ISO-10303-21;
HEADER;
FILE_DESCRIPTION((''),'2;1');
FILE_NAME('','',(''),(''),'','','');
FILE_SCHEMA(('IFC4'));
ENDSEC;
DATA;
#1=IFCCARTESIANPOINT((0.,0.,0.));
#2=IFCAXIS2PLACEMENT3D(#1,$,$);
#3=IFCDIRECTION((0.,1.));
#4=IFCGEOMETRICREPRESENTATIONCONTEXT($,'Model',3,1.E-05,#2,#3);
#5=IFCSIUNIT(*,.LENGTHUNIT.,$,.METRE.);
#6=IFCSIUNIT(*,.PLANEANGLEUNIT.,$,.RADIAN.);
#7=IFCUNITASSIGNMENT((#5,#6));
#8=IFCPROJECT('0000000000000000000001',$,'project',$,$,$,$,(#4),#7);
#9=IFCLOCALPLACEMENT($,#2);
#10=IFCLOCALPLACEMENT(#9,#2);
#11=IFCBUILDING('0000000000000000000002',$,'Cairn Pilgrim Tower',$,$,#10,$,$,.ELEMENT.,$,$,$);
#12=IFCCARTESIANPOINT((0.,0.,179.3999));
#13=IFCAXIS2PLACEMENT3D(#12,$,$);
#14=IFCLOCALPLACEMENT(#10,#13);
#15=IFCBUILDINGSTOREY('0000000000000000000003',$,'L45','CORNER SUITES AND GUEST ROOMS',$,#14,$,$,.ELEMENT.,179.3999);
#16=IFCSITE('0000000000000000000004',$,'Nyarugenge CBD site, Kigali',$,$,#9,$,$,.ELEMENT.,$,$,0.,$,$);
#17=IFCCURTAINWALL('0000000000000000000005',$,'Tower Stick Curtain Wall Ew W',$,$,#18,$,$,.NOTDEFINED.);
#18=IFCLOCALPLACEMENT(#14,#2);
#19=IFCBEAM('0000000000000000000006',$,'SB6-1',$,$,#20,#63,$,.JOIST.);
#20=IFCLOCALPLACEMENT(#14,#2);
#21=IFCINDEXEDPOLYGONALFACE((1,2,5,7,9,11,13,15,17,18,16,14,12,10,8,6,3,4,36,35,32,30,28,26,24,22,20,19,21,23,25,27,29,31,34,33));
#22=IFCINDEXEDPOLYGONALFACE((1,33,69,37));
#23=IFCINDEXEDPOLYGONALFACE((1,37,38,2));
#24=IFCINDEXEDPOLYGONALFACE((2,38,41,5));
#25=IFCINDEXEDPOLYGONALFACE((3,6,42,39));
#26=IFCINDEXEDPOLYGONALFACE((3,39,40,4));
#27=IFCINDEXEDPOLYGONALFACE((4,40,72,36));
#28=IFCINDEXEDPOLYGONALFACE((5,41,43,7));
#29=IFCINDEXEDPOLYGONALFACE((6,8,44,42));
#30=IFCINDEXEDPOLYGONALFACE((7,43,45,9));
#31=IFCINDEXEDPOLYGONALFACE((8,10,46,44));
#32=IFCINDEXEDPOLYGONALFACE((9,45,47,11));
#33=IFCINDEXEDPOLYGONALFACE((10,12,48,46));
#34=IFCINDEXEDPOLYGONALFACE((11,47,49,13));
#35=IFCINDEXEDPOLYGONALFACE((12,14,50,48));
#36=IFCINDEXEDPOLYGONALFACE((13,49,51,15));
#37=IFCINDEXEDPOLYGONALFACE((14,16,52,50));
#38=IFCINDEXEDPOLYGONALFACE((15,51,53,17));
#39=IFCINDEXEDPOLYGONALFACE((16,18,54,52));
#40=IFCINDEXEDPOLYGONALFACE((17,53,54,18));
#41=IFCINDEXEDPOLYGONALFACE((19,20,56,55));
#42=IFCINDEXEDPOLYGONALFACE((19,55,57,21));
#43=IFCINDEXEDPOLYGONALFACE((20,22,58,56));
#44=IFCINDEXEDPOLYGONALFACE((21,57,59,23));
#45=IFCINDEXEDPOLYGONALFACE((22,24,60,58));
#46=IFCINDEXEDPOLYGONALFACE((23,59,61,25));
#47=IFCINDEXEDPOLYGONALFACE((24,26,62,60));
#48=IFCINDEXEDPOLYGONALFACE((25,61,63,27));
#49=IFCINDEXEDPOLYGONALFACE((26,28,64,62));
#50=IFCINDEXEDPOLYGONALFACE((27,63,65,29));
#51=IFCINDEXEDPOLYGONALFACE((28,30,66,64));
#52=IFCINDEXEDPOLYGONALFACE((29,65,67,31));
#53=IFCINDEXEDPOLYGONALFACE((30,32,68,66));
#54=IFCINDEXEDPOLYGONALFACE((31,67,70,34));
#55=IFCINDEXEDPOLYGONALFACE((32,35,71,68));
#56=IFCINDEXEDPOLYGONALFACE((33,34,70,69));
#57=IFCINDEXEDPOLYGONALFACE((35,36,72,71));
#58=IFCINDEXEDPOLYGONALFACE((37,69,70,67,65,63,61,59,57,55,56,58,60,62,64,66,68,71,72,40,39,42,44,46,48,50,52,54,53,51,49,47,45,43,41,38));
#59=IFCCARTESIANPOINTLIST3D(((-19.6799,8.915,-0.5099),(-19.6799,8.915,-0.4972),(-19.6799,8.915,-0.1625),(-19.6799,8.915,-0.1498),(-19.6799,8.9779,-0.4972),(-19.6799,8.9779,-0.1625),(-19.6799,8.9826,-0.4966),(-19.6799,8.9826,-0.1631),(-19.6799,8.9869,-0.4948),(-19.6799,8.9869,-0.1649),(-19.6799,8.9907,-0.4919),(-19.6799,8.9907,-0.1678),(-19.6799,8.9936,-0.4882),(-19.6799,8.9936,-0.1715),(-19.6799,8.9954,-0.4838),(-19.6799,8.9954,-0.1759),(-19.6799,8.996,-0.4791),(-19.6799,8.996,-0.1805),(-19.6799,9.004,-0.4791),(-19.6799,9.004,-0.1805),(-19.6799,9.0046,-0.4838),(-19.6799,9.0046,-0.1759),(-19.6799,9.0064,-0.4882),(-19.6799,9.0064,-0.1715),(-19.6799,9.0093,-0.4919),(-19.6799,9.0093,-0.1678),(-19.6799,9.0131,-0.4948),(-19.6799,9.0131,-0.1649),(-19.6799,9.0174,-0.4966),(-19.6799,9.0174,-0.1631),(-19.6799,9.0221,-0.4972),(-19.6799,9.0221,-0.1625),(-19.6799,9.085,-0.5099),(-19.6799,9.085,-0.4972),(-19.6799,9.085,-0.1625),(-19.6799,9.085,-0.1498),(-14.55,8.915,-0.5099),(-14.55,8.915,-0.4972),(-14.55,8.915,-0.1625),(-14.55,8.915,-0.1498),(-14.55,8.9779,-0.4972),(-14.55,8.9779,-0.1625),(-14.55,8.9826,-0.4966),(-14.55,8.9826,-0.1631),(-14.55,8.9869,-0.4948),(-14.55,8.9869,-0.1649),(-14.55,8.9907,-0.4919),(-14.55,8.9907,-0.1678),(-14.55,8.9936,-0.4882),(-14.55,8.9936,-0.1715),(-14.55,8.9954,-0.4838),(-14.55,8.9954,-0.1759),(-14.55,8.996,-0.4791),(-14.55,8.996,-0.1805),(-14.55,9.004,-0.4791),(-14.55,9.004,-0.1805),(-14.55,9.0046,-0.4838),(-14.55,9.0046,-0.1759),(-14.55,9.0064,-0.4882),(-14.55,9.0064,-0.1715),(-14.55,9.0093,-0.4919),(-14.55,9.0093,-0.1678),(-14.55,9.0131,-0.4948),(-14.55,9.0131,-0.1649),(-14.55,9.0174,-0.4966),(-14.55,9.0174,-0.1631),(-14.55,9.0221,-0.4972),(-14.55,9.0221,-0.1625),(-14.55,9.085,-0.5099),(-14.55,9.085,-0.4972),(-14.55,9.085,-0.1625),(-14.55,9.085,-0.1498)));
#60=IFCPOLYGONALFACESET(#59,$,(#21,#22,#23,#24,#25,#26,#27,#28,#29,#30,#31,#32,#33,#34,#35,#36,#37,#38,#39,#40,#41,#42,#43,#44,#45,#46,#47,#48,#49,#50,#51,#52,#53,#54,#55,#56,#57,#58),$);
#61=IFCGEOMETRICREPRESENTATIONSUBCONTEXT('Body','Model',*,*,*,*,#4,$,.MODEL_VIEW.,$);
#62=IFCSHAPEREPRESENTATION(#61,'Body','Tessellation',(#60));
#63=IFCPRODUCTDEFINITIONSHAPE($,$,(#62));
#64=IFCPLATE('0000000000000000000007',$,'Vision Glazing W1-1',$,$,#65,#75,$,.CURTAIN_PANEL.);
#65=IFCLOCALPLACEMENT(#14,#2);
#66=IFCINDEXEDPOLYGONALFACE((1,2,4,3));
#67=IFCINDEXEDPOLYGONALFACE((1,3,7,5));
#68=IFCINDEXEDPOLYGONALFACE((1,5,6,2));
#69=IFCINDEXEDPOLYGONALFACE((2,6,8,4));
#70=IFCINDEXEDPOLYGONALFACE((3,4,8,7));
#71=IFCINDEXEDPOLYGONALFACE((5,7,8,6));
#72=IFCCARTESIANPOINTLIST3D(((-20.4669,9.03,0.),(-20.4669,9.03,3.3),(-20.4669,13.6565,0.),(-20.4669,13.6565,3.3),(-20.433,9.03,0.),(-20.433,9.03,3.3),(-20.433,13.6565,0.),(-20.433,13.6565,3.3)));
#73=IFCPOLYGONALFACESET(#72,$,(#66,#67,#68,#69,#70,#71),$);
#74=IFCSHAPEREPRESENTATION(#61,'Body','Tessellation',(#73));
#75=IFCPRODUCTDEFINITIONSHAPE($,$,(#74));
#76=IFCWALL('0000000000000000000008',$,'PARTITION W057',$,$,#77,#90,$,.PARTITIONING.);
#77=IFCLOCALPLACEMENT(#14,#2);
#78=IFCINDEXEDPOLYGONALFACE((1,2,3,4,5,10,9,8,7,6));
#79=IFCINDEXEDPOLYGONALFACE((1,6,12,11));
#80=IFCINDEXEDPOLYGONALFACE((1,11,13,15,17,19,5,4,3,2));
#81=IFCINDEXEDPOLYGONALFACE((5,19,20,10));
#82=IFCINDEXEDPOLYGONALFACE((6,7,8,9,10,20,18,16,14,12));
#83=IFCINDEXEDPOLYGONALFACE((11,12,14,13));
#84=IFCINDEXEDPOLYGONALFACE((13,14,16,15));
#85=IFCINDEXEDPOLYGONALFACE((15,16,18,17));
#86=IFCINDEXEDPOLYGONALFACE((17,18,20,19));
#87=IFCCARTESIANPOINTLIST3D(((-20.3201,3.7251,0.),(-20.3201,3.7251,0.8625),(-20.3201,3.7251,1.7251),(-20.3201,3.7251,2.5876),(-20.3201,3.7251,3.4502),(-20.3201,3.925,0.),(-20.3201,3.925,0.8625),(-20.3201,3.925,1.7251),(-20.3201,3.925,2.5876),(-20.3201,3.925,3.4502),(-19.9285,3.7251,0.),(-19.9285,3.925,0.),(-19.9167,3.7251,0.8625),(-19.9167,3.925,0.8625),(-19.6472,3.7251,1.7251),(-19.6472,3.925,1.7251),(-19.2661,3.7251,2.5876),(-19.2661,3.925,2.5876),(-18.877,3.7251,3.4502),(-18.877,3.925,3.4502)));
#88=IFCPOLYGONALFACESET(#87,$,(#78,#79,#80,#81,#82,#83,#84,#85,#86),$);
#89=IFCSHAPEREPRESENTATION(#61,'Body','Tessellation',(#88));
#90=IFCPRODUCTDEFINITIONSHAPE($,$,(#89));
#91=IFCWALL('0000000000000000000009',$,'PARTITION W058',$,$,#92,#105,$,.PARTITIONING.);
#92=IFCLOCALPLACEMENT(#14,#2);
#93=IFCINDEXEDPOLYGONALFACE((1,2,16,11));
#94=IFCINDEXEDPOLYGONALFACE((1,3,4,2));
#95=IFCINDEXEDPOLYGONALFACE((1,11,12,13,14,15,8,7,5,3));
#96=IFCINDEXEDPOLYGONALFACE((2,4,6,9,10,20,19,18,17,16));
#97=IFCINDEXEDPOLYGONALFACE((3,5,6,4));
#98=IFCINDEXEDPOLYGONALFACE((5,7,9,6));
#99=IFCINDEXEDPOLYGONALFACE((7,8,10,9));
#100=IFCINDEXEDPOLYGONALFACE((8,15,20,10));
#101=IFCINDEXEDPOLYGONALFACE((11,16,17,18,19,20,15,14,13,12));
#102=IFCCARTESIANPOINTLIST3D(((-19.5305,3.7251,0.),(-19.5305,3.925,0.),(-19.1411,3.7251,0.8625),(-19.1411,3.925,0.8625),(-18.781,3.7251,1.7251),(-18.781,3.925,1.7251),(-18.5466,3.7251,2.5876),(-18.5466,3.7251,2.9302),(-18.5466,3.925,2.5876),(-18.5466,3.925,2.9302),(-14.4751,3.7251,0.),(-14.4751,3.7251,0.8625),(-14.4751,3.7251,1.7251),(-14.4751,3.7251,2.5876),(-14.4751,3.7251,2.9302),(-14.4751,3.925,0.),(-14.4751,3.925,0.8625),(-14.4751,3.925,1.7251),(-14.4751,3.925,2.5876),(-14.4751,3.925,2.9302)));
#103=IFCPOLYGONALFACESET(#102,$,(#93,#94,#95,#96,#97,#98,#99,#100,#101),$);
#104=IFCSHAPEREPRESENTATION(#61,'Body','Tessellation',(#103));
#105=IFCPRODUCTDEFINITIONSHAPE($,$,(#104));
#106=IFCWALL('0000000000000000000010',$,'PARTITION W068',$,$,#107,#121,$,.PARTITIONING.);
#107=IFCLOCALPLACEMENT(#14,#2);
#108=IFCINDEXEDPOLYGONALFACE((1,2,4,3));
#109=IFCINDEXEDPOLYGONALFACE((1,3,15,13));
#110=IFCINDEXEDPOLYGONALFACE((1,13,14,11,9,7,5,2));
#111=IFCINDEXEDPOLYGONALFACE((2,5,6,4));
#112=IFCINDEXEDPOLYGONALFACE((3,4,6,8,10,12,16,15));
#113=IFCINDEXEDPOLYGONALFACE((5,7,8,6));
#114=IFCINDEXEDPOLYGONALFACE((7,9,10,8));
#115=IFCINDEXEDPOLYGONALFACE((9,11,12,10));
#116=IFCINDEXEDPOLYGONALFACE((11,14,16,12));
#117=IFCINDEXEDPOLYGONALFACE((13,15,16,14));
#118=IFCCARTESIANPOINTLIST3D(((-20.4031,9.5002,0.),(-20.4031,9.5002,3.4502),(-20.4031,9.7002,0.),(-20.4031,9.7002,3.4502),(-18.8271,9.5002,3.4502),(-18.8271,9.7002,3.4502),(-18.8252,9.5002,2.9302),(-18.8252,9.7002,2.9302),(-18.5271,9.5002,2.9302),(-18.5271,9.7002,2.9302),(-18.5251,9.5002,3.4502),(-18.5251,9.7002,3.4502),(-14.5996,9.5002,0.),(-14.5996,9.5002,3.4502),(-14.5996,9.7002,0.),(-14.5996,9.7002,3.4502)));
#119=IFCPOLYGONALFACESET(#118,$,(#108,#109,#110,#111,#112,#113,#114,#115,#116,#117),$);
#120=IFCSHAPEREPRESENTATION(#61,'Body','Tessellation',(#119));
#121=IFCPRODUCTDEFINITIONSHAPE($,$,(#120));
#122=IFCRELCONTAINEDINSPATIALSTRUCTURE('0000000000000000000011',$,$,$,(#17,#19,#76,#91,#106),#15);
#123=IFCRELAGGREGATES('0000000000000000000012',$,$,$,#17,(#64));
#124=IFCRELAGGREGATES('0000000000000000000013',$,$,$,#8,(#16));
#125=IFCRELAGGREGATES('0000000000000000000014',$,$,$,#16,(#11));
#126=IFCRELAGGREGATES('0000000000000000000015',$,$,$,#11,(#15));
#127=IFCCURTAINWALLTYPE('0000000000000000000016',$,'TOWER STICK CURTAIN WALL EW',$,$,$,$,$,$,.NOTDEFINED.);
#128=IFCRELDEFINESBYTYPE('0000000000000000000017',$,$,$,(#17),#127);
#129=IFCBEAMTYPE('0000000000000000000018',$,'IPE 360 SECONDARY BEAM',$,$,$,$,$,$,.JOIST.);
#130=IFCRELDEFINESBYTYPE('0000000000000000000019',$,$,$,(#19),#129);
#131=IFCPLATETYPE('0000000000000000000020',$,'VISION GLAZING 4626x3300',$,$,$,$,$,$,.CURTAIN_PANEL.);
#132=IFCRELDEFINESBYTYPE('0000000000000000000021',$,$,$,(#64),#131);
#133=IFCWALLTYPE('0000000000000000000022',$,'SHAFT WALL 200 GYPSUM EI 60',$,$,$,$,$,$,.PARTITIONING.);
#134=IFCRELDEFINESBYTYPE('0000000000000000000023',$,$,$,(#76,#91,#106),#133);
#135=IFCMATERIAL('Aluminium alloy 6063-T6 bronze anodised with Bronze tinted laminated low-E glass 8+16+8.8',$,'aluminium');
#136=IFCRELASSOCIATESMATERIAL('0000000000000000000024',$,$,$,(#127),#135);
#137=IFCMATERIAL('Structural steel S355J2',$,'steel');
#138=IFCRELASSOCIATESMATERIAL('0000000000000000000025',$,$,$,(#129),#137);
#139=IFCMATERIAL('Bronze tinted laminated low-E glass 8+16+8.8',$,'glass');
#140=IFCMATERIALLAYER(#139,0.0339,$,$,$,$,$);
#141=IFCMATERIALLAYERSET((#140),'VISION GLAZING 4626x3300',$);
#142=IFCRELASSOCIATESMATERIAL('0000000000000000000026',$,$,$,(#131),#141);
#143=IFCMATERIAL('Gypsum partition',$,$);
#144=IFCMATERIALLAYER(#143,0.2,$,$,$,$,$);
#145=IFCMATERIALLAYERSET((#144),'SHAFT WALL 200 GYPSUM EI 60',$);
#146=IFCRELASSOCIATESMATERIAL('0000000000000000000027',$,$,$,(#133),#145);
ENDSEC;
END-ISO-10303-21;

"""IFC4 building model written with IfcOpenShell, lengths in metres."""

from ifc_helpers import new_model, si_unit, direction, frame, origin, origin_2d, place, context, subcontext, project, spatial, polyline, rectangle, i_section, outline, extrude, material, layer, layer_set, material_profile, profile_set, type_object, element, aggregate, save


model = new_model("IFC4")

# Units and contexts
model_context = context("Model", 3, precision=1e-05, world=origin(), true_north=direction((0.0, 1.0)))
body_context = subcontext(model_context, "Body", "Model", "MODEL_VIEW")
ifc_project = project(units=[si_unit("LENGTHUNIT", "METRE"), si_unit("PLANEANGLEUNIT", "RADIAN")], contexts=[model_context])

# Site, building, storey
site_placement = place(None, origin())
site = spatial("IfcSite", under=ifc_project, at=site_placement, Name="Nyarugenge CBD site, Kigali", CompositionType="ELEMENT", RefElevation=0.0)
building_placement = place(site_placement, origin())
building = spatial("IfcBuilding", under=site, at=building_placement, Name="Cairn Pilgrim Tower", CompositionType="ELEMENT")
storey_placement = place(building_placement, frame((0.0, 0.0, 179.3999)))
storey = spatial("IfcBuildingStorey", under=building, at=storey_placement, Name="L45", Description="CORNER SUITES AND GUEST ROOMS", CompositionType="ELEMENT", Elevation=179.3999)

# Curtain wall
ifc_material_1 = material(Name="Aluminium alloy 6063-T6 bronze anodised with Bronze tinted laminated low-E glass 8+16+8.8", Category="aluminium")
curtain_wall_type = type_object("IfcCurtainWallType", Name="TOWER STICK CURTAIN WALL EW", PredefinedType="NOTDEFINED", material=ifc_material_1)
curtain_wall_placement = place(storey_placement, origin())
curtain_wall = element("IfcCurtainWall", 1, at=curtain_wall_placement, inside=storey, type_object=curtain_wall_type, Name="Tower Stick Curtain Wall Ew W", PredefinedType="NOTDEFINED")

# Beam
ifc_material_2 = material(Name="Structural steel S355J2", Category="steel")
ifc_material_profile_1 = material_profile(ifc_material_2, i_section(OverallWidth=0.1699, OverallDepth=0.3601, WebThickness=0.0081, FlangeThickness=0.0127, FilletRadius=0.0181, at=origin_2d()), Name="IPE 360")
ifc_profile_set_1 = profile_set([ifc_material_profile_1], Name="Structural steel S355J2")
beam_type_1 = type_object("IfcBeamType", Name="IPE 360 SECONDARY BEAM", PredefinedType="JOIST", material=ifc_profile_set_1)
for number, where, z_axis, x_axis, name in (
    (2, (-19.6799, 9.0, -0.3298), (1.0, 0.0, 0.0), (0.0, 1.0, 0.0), "SB6-1"),
):
    element("IfcBeam", number, at=place(storey_placement, frame(where, z_axis=z_axis, x_axis=x_axis)), inside=storey, type_object=beam_type_1, Name=name, PredefinedType="JOIST", context=body_context, shape_type="SweptSolid", body=[
        extrude(i_section(OverallWidth=0.1699, OverallDepth=0.3601, WebThickness=0.0081, FlangeThickness=0.0127, FilletRadius=0.0181, at=origin_2d()), origin(), (0.0, 0.0, 1.0), 5.1299),
    ])

# Plate
ifc_material_3 = material(Name="Bronze tinted laminated low-E glass 8+16+8.8", Category="glass")
ifc_layer_1 = layer(ifc_material_3, 0.0339)
ifc_layer_set_1 = layer_set([ifc_layer_1], Name="VISION GLAZING 4626x3300")
plate_type = type_object("IfcPlateType", Name="VISION GLAZING 4626x3300", PredefinedType="CURTAIN_PANEL", material=ifc_layer_set_1)
plate_placement = place(storey_placement, frame((-20.45, 11.3433, 0.0), z_axis=(0.0, 0.0, 1.0), x_axis=(0.0, -1.0, 0.0)))
plate = element("IfcPlate", 3, at=plate_placement, type_object=plate_type, Name="Vision Glazing W1-1", PredefinedType="CURTAIN_PANEL", context=body_context, shape_type="SweptSolid", body=[
    extrude(rectangle(XDim=4.6265, YDim=0.0339, at=origin_2d()), origin(), (0.0, 0.0, 1.0), 3.3),
])
aggregate(curtain_wall, [plate])

# Walls
ifc_material_4 = material(Name="Gypsum partition")
ifc_layer_2 = layer(ifc_material_4, 0.2)
ifc_layer_set_2 = layer_set([ifc_layer_2], Name="SHAFT WALL 200 GYPSUM EI 60")
wall_type_1 = type_object("IfcWallType", Name="SHAFT WALL 200 GYPSUM EI 60", PredefinedType="PARTITIONING", material=ifc_layer_set_2)
wall_1_placement = place(storey_placement, frame((-20.3201, 3.825, 0.0), z_axis=(0.0, 0.0, 1.0), x_axis=(1.0, 0.0, 0.0)))
element("IfcWall", 4, at=wall_1_placement, inside=storey, type_object=wall_type_1, Name="PARTITION W057", PredefinedType="PARTITIONING", context=body_context, shape_type="SweptSolid", body=[
    extrude(outline(polyline([(0.0, 0.0), (0.3916, 0.0), (0.4033, 0.8625), (0.6729, 1.7251), (1.054, 2.5876), (1.4431, 3.4502), (0.0, 3.4502), (0.0, 2.5876), (0.0, 1.7251), (0.0, 0.8625), (0.0, 0.0)])), frame((0.0, 0.1001, 0.0), z_axis=(0.0, -1.0, 0.0), x_axis=(1.0, 0.0, 0.0)), (0.0, 0.0, 1.0), 0.2),
])
wall_2_placement = place(storey_placement, frame((-19.5305, 3.825, 0.0), z_axis=(0.0, 0.0, 1.0), x_axis=(1.0, 0.0, 0.0)))
element("IfcWall", 5, at=wall_2_placement, inside=storey, type_object=wall_type_1, Name="PARTITION W058", PredefinedType="PARTITIONING", context=body_context, shape_type="SweptSolid", body=[
    extrude(outline(polyline([(0.0, 0.0), (5.0554, 0.0), (5.0554, 0.8625), (5.0554, 1.7251), (5.0554, 2.5876), (5.0554, 2.9302), (0.9839, 2.9302), (0.9839, 2.5876), (0.7495, 1.7251), (0.3894, 0.8625), (0.0, 0.0)])), frame((0.0, 0.1001, 0.0), z_axis=(0.0, -1.0, 0.0), x_axis=(1.0, 0.0, 0.0)), (0.0, 0.0, 1.0), 0.2),
])
wall_3_placement = place(storey_placement, frame((-20.4031, 9.6001, 0.0), z_axis=(0.0, 0.0, 1.0), x_axis=(1.0, 0.0, 0.0)))
element("IfcWall", 6, at=wall_3_placement, inside=storey, type_object=wall_type_1, Name="PARTITION W068", PredefinedType="PARTITIONING", context=body_context, shape_type="SweptSolid", body=[
    extrude(outline(polyline([(0.0, 0.0), (5.8035, 0.0), (5.8035, 3.4502), (1.8779, 3.4502), (1.876, 2.9302), (1.5779, 2.9302), (1.5759, 3.4502), (0.0, 3.4502), (0.0, 0.0)])), frame((0.0, 0.1001, 0.0), z_axis=(0.0, -1.0, 0.0), x_axis=(1.0, 0.0, 0.0)), (0.0, 0.0, 1.0), 0.2),
])

save(model, "model.ifc")
